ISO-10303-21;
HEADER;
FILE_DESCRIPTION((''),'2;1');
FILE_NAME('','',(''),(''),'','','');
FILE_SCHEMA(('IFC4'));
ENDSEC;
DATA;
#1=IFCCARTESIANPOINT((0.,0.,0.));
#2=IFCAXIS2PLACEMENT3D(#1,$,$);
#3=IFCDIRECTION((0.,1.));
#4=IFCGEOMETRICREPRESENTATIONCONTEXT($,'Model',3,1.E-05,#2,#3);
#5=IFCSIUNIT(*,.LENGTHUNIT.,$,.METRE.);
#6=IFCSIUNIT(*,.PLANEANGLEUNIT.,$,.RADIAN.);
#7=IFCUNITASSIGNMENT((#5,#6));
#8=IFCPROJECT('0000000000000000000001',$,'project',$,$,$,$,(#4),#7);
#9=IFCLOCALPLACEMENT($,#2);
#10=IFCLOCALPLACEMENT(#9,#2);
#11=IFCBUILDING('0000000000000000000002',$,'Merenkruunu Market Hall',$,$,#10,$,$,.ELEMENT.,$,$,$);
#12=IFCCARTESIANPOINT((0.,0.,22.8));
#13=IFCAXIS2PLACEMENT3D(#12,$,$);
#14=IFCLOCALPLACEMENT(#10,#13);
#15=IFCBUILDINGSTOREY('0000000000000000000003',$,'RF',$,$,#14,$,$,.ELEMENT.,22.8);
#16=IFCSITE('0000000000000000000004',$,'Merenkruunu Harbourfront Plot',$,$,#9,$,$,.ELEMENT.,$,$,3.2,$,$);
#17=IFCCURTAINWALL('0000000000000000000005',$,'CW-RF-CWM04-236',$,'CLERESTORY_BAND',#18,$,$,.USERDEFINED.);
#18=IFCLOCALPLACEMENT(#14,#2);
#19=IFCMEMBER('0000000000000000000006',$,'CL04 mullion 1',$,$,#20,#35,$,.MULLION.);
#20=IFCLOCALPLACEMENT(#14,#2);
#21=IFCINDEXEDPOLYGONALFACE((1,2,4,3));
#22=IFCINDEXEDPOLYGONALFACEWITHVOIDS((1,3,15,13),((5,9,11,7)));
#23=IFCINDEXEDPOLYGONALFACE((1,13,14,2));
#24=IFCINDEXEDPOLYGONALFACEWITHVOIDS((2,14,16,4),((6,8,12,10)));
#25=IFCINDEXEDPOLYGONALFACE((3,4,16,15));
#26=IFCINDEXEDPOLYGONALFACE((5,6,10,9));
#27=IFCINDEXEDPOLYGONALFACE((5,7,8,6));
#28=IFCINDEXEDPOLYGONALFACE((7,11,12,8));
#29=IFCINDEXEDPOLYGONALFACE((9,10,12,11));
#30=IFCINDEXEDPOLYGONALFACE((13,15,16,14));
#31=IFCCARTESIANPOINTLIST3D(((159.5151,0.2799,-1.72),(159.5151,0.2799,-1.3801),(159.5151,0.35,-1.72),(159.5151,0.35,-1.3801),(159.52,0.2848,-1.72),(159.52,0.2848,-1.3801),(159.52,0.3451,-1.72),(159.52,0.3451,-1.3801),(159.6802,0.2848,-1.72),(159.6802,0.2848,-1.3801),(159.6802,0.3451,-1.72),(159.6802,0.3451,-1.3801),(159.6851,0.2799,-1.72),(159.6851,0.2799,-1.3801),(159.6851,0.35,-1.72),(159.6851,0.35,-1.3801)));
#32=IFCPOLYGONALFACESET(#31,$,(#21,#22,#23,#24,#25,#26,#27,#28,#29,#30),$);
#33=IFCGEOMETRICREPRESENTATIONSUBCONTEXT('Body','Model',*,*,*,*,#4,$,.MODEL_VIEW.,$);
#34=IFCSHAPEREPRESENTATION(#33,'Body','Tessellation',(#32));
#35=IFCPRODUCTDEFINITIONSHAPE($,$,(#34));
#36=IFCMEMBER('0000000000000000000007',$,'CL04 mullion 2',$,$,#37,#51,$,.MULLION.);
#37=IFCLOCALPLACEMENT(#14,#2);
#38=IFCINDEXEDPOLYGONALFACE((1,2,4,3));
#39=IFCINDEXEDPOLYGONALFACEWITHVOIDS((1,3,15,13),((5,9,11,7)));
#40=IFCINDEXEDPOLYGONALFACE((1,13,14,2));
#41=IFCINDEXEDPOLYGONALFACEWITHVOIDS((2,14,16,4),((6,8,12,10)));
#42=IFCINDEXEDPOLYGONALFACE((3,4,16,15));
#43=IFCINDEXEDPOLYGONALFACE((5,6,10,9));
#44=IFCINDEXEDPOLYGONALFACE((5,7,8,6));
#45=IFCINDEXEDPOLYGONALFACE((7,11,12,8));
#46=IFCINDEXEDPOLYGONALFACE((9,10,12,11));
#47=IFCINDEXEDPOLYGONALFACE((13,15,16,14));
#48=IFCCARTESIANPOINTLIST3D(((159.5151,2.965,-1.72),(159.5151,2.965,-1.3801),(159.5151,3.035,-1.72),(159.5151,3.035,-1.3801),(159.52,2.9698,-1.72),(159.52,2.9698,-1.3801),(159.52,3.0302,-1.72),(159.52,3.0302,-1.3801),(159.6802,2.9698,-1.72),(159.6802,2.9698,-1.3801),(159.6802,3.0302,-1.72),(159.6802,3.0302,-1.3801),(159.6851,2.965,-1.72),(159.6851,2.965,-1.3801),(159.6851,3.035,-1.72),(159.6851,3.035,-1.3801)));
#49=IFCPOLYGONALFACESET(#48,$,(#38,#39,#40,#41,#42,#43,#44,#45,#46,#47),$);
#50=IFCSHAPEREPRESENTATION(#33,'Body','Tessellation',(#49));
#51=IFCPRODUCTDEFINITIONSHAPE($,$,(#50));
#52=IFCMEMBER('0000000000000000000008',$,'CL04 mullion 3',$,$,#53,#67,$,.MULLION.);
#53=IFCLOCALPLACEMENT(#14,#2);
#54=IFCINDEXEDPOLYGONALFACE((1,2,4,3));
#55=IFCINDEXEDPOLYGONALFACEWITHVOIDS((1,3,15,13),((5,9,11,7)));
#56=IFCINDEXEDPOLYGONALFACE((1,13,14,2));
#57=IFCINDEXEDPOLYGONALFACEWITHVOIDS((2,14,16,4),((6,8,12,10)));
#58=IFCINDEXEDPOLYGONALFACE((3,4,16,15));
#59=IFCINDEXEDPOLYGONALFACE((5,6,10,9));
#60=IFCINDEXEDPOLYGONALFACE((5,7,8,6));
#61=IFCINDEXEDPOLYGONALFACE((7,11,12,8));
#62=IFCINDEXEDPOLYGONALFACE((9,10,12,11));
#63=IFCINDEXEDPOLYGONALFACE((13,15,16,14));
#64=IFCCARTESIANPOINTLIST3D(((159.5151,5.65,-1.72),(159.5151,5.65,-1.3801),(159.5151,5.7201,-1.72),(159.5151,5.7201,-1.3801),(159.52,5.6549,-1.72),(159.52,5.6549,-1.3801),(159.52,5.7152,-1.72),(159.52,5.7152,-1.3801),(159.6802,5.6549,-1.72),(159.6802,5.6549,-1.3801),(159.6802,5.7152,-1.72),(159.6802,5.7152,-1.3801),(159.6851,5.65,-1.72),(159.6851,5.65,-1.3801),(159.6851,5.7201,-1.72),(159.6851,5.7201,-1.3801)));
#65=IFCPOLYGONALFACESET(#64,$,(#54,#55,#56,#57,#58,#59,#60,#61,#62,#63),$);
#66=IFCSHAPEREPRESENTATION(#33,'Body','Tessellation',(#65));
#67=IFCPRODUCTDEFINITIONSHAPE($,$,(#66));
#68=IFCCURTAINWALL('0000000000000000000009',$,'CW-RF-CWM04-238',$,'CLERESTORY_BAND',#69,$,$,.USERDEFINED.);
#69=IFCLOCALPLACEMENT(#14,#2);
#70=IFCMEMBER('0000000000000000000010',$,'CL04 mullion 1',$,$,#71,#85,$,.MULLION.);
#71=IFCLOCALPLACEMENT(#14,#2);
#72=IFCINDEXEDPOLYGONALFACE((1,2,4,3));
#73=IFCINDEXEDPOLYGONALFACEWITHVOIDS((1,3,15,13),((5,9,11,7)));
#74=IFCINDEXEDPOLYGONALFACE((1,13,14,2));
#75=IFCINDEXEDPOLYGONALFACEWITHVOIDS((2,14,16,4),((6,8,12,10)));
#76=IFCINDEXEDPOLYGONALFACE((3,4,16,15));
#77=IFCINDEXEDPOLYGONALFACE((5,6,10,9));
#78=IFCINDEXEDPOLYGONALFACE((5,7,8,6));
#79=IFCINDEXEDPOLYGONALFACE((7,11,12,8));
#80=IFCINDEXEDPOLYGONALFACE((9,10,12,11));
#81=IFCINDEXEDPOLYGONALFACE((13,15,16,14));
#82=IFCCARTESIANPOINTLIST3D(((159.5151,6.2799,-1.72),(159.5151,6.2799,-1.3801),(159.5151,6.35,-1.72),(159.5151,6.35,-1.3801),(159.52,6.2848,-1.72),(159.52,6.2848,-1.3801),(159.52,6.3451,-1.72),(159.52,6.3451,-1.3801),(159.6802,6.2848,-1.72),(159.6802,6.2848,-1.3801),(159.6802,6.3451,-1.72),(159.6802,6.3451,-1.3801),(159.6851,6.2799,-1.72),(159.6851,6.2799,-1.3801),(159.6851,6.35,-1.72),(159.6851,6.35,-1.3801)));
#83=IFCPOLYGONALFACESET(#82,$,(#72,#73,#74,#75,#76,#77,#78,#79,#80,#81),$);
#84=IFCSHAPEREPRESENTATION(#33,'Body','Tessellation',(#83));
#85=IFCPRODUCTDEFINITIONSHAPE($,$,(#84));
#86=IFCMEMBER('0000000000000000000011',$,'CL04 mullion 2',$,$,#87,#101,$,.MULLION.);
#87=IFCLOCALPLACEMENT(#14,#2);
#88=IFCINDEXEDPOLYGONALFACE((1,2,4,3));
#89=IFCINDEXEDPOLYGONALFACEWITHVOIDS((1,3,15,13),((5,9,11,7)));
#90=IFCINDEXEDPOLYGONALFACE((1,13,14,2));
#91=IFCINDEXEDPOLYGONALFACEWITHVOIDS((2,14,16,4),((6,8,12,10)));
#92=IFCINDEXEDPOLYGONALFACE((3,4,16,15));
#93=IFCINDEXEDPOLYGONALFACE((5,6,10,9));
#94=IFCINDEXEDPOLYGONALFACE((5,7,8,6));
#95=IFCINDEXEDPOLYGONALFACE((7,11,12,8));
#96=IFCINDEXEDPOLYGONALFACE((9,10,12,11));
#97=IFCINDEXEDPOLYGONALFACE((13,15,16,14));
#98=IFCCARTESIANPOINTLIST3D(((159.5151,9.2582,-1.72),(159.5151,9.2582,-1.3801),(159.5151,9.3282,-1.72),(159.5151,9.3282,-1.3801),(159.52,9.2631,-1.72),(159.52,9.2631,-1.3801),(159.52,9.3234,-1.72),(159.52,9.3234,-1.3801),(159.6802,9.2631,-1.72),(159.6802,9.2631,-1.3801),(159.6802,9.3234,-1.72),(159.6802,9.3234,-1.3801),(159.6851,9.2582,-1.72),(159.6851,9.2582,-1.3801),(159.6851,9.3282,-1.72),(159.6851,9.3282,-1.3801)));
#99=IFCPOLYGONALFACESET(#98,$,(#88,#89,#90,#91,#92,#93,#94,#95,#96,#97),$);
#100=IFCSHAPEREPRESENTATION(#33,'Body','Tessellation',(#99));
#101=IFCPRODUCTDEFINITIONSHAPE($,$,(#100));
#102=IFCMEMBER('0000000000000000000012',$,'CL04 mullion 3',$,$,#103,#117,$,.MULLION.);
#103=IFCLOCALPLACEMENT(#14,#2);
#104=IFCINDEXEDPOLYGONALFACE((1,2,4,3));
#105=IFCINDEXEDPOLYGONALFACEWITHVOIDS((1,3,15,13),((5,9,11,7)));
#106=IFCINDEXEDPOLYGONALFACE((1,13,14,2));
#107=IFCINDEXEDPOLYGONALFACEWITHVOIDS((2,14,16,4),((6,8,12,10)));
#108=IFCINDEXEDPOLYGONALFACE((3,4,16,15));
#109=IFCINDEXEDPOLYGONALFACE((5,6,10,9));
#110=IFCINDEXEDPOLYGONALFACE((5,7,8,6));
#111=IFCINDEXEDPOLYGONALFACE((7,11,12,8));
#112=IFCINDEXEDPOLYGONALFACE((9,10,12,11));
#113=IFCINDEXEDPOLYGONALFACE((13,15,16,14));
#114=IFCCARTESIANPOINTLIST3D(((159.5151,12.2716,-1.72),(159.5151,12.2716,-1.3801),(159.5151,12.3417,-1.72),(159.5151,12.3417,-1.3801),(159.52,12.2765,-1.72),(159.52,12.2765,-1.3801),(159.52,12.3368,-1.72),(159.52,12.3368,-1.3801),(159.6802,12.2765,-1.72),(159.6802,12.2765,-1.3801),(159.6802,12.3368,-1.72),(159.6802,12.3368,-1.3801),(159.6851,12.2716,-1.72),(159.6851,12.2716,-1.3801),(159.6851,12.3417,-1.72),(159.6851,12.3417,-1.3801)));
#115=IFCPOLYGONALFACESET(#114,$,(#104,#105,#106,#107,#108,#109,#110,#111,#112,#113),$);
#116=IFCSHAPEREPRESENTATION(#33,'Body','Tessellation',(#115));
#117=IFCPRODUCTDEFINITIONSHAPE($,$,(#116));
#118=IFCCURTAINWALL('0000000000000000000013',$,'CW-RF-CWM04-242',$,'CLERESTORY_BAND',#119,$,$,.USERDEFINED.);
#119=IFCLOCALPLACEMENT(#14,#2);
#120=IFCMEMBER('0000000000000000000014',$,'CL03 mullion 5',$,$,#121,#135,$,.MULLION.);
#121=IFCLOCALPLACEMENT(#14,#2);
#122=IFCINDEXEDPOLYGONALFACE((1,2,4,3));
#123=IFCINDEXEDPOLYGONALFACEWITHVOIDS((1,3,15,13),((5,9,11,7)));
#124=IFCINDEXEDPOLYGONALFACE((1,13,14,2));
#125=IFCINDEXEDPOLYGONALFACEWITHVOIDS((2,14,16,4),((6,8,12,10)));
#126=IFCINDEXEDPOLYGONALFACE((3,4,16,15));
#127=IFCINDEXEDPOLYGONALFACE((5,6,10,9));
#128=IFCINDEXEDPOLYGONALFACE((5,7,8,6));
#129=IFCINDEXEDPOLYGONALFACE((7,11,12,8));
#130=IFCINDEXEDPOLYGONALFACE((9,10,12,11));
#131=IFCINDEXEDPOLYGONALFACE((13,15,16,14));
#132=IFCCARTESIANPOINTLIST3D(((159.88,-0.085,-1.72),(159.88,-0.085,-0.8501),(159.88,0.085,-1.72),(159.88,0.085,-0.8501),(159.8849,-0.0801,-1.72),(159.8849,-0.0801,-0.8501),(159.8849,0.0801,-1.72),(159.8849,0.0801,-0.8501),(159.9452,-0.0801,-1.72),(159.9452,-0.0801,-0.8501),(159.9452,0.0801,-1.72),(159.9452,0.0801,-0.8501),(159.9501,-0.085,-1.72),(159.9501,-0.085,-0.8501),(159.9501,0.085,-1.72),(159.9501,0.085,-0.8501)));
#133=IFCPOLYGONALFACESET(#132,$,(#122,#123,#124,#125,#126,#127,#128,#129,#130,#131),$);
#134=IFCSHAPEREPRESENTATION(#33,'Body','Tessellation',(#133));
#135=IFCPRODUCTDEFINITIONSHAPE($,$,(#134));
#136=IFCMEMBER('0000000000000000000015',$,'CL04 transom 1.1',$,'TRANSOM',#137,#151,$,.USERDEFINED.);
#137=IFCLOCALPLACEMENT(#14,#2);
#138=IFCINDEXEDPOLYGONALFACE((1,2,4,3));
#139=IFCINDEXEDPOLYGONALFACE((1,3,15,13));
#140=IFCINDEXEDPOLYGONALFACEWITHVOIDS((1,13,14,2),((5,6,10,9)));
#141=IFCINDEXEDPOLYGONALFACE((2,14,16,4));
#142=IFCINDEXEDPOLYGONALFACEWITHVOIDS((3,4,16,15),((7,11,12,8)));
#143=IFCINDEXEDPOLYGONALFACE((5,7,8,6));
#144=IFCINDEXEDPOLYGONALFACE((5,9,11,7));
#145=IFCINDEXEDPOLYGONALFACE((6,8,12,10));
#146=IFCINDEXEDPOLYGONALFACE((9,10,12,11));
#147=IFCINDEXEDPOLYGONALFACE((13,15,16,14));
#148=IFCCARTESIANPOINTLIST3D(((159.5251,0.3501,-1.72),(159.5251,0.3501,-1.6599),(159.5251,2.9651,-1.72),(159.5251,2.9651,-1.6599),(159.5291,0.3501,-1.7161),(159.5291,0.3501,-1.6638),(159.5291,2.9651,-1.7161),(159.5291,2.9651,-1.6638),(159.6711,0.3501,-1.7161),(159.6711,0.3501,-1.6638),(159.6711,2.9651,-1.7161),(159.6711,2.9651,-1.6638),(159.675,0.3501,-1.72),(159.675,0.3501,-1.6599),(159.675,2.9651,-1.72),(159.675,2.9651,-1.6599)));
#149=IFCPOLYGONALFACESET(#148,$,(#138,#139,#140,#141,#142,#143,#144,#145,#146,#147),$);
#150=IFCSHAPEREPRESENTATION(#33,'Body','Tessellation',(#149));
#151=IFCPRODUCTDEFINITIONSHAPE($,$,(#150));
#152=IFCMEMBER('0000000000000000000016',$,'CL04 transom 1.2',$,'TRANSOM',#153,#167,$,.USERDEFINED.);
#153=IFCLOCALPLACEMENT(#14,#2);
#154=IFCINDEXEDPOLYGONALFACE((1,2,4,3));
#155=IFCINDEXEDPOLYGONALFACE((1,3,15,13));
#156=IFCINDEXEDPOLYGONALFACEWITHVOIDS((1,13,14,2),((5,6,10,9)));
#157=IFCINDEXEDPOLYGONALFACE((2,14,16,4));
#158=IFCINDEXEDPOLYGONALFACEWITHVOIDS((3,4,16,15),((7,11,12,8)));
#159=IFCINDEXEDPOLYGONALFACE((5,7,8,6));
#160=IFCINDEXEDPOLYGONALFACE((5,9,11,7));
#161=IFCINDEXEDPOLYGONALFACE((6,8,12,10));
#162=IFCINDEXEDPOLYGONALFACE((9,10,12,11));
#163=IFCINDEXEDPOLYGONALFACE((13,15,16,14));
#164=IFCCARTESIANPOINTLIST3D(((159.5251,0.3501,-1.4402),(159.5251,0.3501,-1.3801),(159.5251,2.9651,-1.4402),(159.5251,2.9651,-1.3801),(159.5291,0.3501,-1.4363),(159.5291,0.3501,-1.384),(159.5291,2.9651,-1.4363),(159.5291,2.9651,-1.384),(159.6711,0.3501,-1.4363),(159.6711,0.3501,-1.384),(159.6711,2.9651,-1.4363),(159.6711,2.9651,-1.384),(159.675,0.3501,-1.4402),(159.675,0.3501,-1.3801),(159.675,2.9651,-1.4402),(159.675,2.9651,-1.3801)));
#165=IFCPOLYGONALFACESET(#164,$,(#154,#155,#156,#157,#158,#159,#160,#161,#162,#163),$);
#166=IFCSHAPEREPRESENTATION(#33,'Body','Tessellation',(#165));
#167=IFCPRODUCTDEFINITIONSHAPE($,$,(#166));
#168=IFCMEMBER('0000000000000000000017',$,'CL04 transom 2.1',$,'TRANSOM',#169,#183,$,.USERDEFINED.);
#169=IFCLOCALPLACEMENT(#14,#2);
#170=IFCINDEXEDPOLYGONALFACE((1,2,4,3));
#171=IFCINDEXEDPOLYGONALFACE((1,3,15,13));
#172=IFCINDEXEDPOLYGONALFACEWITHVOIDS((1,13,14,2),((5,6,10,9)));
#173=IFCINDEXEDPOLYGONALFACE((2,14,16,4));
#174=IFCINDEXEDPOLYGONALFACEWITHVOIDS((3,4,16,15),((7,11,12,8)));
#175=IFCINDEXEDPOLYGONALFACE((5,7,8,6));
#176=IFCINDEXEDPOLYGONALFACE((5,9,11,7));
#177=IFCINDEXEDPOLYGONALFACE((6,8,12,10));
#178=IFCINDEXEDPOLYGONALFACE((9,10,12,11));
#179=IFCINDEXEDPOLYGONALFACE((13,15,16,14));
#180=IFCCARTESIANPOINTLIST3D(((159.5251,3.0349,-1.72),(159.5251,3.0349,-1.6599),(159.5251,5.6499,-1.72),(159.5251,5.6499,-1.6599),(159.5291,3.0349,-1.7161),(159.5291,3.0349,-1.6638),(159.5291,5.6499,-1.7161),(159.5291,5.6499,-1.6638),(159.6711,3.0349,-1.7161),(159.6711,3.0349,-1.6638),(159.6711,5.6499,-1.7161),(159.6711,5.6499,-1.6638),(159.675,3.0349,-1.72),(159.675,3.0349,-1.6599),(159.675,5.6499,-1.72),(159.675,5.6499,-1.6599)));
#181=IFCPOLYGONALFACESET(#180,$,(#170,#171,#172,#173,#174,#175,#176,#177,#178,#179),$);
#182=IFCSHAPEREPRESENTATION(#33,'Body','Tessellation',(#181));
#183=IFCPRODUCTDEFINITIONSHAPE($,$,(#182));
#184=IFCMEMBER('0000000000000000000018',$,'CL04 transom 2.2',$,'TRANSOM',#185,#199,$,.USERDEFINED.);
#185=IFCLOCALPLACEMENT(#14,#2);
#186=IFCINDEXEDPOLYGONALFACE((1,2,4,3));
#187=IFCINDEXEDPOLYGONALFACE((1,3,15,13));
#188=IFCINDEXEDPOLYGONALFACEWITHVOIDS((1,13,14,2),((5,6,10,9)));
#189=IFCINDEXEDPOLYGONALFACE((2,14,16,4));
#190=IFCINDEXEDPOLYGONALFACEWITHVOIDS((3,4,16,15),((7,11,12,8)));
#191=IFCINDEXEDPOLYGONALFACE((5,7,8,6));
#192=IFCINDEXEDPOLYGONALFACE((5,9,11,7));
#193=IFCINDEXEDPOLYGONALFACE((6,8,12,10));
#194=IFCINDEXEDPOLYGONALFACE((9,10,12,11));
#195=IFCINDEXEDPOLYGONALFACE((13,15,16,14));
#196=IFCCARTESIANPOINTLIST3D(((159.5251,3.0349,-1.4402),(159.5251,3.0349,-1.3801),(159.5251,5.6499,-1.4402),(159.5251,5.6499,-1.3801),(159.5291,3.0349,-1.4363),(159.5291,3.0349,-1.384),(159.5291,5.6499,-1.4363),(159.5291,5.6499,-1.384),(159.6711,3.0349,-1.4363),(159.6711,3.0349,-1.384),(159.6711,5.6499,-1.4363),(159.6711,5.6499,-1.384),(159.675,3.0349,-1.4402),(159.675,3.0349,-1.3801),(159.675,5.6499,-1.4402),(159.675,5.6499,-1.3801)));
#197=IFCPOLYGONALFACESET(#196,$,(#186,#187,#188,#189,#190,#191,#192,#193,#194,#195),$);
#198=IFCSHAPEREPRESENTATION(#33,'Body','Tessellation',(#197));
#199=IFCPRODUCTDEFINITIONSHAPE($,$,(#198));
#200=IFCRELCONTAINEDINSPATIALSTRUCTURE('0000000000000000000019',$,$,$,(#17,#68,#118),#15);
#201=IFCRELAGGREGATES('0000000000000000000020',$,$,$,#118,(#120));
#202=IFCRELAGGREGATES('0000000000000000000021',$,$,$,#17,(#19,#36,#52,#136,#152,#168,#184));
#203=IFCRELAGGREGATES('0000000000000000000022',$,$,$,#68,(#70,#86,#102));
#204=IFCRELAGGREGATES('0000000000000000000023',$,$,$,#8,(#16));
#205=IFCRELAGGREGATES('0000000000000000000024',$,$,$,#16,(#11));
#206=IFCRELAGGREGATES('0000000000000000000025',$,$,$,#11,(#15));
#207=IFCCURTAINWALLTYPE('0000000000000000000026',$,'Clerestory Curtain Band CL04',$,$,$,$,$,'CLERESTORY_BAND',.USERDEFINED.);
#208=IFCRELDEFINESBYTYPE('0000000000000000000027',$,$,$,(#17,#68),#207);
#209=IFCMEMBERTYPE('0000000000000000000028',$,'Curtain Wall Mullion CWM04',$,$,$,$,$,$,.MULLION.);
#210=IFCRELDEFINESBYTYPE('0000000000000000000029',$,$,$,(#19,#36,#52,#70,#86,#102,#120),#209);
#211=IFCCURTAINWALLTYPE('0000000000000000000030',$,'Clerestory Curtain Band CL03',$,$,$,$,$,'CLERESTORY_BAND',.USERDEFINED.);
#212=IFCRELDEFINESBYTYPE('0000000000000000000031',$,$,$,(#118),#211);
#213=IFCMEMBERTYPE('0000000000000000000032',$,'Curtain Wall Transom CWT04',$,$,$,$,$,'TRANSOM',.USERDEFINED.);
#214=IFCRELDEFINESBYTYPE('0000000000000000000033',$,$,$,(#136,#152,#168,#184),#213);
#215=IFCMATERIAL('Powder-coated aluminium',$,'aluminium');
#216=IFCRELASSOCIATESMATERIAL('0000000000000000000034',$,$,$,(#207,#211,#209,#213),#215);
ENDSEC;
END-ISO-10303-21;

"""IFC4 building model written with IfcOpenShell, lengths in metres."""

from ifc_helpers import new_model, si_unit, direction, frame, origin, origin_2d, place, context, subcontext, project, spatial, hollow_rectangle, extrude, material, material_profile, profile_set, type_object, element, aggregate, save


model = new_model("IFC4")

# Units and contexts
model_context = context("Model", 3, precision=1e-05, world=origin(), true_north=direction((0.0, 1.0)))
body_context = subcontext(model_context, "Body", "Model", "MODEL_VIEW")
ifc_project = project(units=[si_unit("LENGTHUNIT", "METRE"), si_unit("PLANEANGLEUNIT", "RADIAN")], contexts=[model_context])

# Site, building, storey
site_placement = place(None, origin())
site = spatial("IfcSite", under=ifc_project, at=site_placement, Name="Merenkruunu Harbourfront Plot", CompositionType="ELEMENT", RefElevation=3.2)
building_placement = place(site_placement, origin())
building = spatial("IfcBuilding", under=site, at=building_placement, Name="Merenkruunu Market Hall", CompositionType="ELEMENT")
storey_placement = place(building_placement, frame((0.0, 0.0, 22.8)))
storey = spatial("IfcBuildingStorey", under=building, at=storey_placement, Name="RF", CompositionType="ELEMENT", Elevation=22.8)

# Curtain walls, members
ifc_material_1 = material(Name="Powder-coated aluminium", Category="aluminium")
curtain_wall_type_1 = type_object("IfcCurtainWallType", Name="Clerestory Curtain Band CL04", ElementType="CLERESTORY_BAND", PredefinedType="USERDEFINED", material=ifc_material_1)
curtain_wall_1_placement = place(storey_placement, origin())
curtain_wall_1 = element("IfcCurtainWall", 1, at=curtain_wall_1_placement, inside=storey, type_object=curtain_wall_type_1, Name="CW-RF-CWM04-236", ObjectType="CLERESTORY_BAND", PredefinedType="USERDEFINED")
ifc_material_profile_1 = material_profile(ifc_material_1, hollow_rectangle(XDim=0.0701, YDim=0.1699, WallThickness=0.0049, at=origin_2d()), Name="ALU 70x170x5")
ifc_profile_set_1 = profile_set([ifc_material_profile_1], Name="Powder-coated aluminium")
member_type_1 = type_object("IfcMemberType", Name="Curtain Wall Mullion CWM04", PredefinedType="MULLION", material=ifc_profile_set_1)
member_1_placement = place(storey_placement, frame((159.6001, 0.3149, -1.72), z_axis=(0.0, 0.0, 1.0), x_axis=(0.0, 1.0, 0.0)))
member_1 = element("IfcMember", 2, at=member_1_placement, type_object=member_type_1, Name="CL04 mullion 1", PredefinedType="MULLION", context=body_context, shape_type="SweptSolid", body=[
    extrude(hollow_rectangle(XDim=0.0701, YDim=0.1699, WallThickness=0.0049, at=origin_2d()), origin(), (0.0, 0.0, 1.0), 0.3398),
])
member_2_placement = place(storey_placement, frame((159.6001, 3.0, -1.72), z_axis=(0.0, 0.0, 1.0), x_axis=(0.0, 1.0, 0.0)))
member_2 = element("IfcMember", 3, at=member_2_placement, type_object=member_type_1, Name="CL04 mullion 2", PredefinedType="MULLION", context=body_context, shape_type="SweptSolid", body=[
    extrude(hollow_rectangle(XDim=0.0701, YDim=0.1699, WallThickness=0.0049, at=origin_2d()), origin(), (0.0, 0.0, 1.0), 0.3398),
])
member_3_placement = place(storey_placement, frame((159.6001, 5.6851, -1.72), z_axis=(0.0, 0.0, 1.0), x_axis=(0.0, 1.0, 0.0)))
member_3 = element("IfcMember", 4, at=member_3_placement, type_object=member_type_1, Name="CL04 mullion 3", PredefinedType="MULLION", context=body_context, shape_type="SweptSolid", body=[
    extrude(hollow_rectangle(XDim=0.0701, YDim=0.1699, WallThickness=0.0049, at=origin_2d()), origin(), (0.0, 0.0, 1.0), 0.3398),
])
curtain_wall_2_placement = place(storey_placement, origin())
curtain_wall_2 = element("IfcCurtainWall", 5, at=curtain_wall_2_placement, inside=storey, type_object=curtain_wall_type_1, Name="CW-RF-CWM04-238", ObjectType="CLERESTORY_BAND", PredefinedType="USERDEFINED")
member_4_placement = place(storey_placement, frame((159.6001, 6.3149, -1.72), z_axis=(0.0, 0.0, 1.0), x_axis=(0.0, 1.0, 0.0)))
member_4 = element("IfcMember", 6, at=member_4_placement, type_object=member_type_1, Name="CL04 mullion 1", PredefinedType="MULLION", context=body_context, shape_type="SweptSolid", body=[
    extrude(hollow_rectangle(XDim=0.0701, YDim=0.1699, WallThickness=0.0049, at=origin_2d()), origin(), (0.0, 0.0, 1.0), 0.3398),
])
member_5_placement = place(storey_placement, frame((159.6001, 9.2932, -1.72), z_axis=(0.0, 0.0, 1.0), x_axis=(0.0, 1.0, 0.0)))
member_5 = element("IfcMember", 7, at=member_5_placement, type_object=member_type_1, Name="CL04 mullion 2", PredefinedType="MULLION", context=body_context, shape_type="SweptSolid", body=[
    extrude(hollow_rectangle(XDim=0.0701, YDim=0.1699, WallThickness=0.0049, at=origin_2d()), origin(), (0.0, 0.0, 1.0), 0.3398),
])
member_6_placement = place(storey_placement, frame((159.6001, 12.3066, -1.72), z_axis=(0.0, 0.0, 1.0), x_axis=(0.0, 1.0, 0.0)))
member_6 = element("IfcMember", 8, at=member_6_placement, type_object=member_type_1, Name="CL04 mullion 3", PredefinedType="MULLION", context=body_context, shape_type="SweptSolid", body=[
    extrude(hollow_rectangle(XDim=0.0701, YDim=0.1699, WallThickness=0.0049, at=origin_2d()), origin(), (0.0, 0.0, 1.0), 0.3398),
])

# Curtain wall, member
curtain_wall_type_2 = type_object("IfcCurtainWallType", Name="Clerestory Curtain Band CL03", ElementType="CLERESTORY_BAND", PredefinedType="USERDEFINED", material=ifc_material_1)
curtain_wall_3_placement = place(storey_placement, origin())
curtain_wall_3 = element("IfcCurtainWall", 9, at=curtain_wall_3_placement, inside=storey, type_object=curtain_wall_type_2, Name="CW-RF-CWM04-242", ObjectType="CLERESTORY_BAND", PredefinedType="USERDEFINED")
member_7_placement = place(storey_placement, frame((159.915, 0.0, -1.72), z_axis=(0.0, 0.0, 1.0), x_axis=(-1.0, 0.0, 0.0)))
member_7 = element("IfcMember", 10, at=member_7_placement, type_object=member_type_1, Name="CL03 mullion 5", PredefinedType="MULLION", context=body_context, shape_type="SweptSolid", body=[
    extrude(hollow_rectangle(XDim=0.0701, YDim=0.1699, WallThickness=0.0049, at=origin_2d()), origin(), (0.0, 0.0, 1.0), 0.8699),
])
aggregate(curtain_wall_3, [member_7])

# Members
ifc_material_profile_2 = material_profile(ifc_material_1, hollow_rectangle(XDim=0.0601, YDim=0.1499, WallThickness=0.0039, at=origin_2d()), Name="ALU 60x150x4")
ifc_profile_set_2 = profile_set([ifc_material_profile_2], Name="Powder-coated aluminium")
member_type_2 = type_object("IfcMemberType", Name="Curtain Wall Transom CWT04", ElementType="TRANSOM", PredefinedType="USERDEFINED", material=ifc_profile_set_2)
member_8_placement = place(storey_placement, frame((159.6001, 0.3501, -1.6899), z_axis=(0.0, 1.0, 0.0), x_axis=(0.0, 0.0, 1.0)))
member_8 = element("IfcMember", 11, at=member_8_placement, type_object=member_type_2, Name="CL04 transom 1.1", ObjectType="TRANSOM", PredefinedType="USERDEFINED", context=body_context, shape_type="SweptSolid", body=[
    extrude(hollow_rectangle(XDim=0.0601, YDim=0.1499, WallThickness=0.0039, at=origin_2d()), origin(), (0.0, 0.0, 1.0), 2.615),
])
member_9_placement = place(storey_placement, frame((159.6001, 0.3501, -1.4102), z_axis=(0.0, 1.0, 0.0), x_axis=(0.0, 0.0, 1.0)))
member_9 = element("IfcMember", 12, at=member_9_placement, type_object=member_type_2, Name="CL04 transom 1.2", ObjectType="TRANSOM", PredefinedType="USERDEFINED", context=body_context, shape_type="SweptSolid", body=[
    extrude(hollow_rectangle(XDim=0.0601, YDim=0.1499, WallThickness=0.0039, at=origin_2d()), origin(), (0.0, 0.0, 1.0), 2.615),
])
member_10_placement = place(storey_placement, frame((159.6001, 3.0349, -1.6899), z_axis=(0.0, 1.0, 0.0), x_axis=(0.0, 0.0, 1.0)))
member_10 = element("IfcMember", 13, at=member_10_placement, type_object=member_type_2, Name="CL04 transom 2.1", ObjectType="TRANSOM", PredefinedType="USERDEFINED", context=body_context, shape_type="SweptSolid", body=[
    extrude(hollow_rectangle(XDim=0.0601, YDim=0.1499, WallThickness=0.0039, at=origin_2d()), origin(), (0.0, 0.0, 1.0), 2.615),
])
member_11_placement = place(storey_placement, frame((159.6001, 3.0349, -1.4102), z_axis=(0.0, 1.0, 0.0), x_axis=(0.0, 0.0, 1.0)))
member_11 = element("IfcMember", 14, at=member_11_placement, type_object=member_type_2, Name="CL04 transom 2.2", ObjectType="TRANSOM", PredefinedType="USERDEFINED", context=body_context, shape_type="SweptSolid", body=[
    extrude(hollow_rectangle(XDim=0.0601, YDim=0.1499, WallThickness=0.0039, at=origin_2d()), origin(), (0.0, 0.0, 1.0), 2.615),
])

aggregate(curtain_wall_1, [member_1, member_2, member_3, member_8, member_9, member_10, member_11])
aggregate(curtain_wall_2, [member_4, member_5, member_6])

save(model, "model.ifc")
